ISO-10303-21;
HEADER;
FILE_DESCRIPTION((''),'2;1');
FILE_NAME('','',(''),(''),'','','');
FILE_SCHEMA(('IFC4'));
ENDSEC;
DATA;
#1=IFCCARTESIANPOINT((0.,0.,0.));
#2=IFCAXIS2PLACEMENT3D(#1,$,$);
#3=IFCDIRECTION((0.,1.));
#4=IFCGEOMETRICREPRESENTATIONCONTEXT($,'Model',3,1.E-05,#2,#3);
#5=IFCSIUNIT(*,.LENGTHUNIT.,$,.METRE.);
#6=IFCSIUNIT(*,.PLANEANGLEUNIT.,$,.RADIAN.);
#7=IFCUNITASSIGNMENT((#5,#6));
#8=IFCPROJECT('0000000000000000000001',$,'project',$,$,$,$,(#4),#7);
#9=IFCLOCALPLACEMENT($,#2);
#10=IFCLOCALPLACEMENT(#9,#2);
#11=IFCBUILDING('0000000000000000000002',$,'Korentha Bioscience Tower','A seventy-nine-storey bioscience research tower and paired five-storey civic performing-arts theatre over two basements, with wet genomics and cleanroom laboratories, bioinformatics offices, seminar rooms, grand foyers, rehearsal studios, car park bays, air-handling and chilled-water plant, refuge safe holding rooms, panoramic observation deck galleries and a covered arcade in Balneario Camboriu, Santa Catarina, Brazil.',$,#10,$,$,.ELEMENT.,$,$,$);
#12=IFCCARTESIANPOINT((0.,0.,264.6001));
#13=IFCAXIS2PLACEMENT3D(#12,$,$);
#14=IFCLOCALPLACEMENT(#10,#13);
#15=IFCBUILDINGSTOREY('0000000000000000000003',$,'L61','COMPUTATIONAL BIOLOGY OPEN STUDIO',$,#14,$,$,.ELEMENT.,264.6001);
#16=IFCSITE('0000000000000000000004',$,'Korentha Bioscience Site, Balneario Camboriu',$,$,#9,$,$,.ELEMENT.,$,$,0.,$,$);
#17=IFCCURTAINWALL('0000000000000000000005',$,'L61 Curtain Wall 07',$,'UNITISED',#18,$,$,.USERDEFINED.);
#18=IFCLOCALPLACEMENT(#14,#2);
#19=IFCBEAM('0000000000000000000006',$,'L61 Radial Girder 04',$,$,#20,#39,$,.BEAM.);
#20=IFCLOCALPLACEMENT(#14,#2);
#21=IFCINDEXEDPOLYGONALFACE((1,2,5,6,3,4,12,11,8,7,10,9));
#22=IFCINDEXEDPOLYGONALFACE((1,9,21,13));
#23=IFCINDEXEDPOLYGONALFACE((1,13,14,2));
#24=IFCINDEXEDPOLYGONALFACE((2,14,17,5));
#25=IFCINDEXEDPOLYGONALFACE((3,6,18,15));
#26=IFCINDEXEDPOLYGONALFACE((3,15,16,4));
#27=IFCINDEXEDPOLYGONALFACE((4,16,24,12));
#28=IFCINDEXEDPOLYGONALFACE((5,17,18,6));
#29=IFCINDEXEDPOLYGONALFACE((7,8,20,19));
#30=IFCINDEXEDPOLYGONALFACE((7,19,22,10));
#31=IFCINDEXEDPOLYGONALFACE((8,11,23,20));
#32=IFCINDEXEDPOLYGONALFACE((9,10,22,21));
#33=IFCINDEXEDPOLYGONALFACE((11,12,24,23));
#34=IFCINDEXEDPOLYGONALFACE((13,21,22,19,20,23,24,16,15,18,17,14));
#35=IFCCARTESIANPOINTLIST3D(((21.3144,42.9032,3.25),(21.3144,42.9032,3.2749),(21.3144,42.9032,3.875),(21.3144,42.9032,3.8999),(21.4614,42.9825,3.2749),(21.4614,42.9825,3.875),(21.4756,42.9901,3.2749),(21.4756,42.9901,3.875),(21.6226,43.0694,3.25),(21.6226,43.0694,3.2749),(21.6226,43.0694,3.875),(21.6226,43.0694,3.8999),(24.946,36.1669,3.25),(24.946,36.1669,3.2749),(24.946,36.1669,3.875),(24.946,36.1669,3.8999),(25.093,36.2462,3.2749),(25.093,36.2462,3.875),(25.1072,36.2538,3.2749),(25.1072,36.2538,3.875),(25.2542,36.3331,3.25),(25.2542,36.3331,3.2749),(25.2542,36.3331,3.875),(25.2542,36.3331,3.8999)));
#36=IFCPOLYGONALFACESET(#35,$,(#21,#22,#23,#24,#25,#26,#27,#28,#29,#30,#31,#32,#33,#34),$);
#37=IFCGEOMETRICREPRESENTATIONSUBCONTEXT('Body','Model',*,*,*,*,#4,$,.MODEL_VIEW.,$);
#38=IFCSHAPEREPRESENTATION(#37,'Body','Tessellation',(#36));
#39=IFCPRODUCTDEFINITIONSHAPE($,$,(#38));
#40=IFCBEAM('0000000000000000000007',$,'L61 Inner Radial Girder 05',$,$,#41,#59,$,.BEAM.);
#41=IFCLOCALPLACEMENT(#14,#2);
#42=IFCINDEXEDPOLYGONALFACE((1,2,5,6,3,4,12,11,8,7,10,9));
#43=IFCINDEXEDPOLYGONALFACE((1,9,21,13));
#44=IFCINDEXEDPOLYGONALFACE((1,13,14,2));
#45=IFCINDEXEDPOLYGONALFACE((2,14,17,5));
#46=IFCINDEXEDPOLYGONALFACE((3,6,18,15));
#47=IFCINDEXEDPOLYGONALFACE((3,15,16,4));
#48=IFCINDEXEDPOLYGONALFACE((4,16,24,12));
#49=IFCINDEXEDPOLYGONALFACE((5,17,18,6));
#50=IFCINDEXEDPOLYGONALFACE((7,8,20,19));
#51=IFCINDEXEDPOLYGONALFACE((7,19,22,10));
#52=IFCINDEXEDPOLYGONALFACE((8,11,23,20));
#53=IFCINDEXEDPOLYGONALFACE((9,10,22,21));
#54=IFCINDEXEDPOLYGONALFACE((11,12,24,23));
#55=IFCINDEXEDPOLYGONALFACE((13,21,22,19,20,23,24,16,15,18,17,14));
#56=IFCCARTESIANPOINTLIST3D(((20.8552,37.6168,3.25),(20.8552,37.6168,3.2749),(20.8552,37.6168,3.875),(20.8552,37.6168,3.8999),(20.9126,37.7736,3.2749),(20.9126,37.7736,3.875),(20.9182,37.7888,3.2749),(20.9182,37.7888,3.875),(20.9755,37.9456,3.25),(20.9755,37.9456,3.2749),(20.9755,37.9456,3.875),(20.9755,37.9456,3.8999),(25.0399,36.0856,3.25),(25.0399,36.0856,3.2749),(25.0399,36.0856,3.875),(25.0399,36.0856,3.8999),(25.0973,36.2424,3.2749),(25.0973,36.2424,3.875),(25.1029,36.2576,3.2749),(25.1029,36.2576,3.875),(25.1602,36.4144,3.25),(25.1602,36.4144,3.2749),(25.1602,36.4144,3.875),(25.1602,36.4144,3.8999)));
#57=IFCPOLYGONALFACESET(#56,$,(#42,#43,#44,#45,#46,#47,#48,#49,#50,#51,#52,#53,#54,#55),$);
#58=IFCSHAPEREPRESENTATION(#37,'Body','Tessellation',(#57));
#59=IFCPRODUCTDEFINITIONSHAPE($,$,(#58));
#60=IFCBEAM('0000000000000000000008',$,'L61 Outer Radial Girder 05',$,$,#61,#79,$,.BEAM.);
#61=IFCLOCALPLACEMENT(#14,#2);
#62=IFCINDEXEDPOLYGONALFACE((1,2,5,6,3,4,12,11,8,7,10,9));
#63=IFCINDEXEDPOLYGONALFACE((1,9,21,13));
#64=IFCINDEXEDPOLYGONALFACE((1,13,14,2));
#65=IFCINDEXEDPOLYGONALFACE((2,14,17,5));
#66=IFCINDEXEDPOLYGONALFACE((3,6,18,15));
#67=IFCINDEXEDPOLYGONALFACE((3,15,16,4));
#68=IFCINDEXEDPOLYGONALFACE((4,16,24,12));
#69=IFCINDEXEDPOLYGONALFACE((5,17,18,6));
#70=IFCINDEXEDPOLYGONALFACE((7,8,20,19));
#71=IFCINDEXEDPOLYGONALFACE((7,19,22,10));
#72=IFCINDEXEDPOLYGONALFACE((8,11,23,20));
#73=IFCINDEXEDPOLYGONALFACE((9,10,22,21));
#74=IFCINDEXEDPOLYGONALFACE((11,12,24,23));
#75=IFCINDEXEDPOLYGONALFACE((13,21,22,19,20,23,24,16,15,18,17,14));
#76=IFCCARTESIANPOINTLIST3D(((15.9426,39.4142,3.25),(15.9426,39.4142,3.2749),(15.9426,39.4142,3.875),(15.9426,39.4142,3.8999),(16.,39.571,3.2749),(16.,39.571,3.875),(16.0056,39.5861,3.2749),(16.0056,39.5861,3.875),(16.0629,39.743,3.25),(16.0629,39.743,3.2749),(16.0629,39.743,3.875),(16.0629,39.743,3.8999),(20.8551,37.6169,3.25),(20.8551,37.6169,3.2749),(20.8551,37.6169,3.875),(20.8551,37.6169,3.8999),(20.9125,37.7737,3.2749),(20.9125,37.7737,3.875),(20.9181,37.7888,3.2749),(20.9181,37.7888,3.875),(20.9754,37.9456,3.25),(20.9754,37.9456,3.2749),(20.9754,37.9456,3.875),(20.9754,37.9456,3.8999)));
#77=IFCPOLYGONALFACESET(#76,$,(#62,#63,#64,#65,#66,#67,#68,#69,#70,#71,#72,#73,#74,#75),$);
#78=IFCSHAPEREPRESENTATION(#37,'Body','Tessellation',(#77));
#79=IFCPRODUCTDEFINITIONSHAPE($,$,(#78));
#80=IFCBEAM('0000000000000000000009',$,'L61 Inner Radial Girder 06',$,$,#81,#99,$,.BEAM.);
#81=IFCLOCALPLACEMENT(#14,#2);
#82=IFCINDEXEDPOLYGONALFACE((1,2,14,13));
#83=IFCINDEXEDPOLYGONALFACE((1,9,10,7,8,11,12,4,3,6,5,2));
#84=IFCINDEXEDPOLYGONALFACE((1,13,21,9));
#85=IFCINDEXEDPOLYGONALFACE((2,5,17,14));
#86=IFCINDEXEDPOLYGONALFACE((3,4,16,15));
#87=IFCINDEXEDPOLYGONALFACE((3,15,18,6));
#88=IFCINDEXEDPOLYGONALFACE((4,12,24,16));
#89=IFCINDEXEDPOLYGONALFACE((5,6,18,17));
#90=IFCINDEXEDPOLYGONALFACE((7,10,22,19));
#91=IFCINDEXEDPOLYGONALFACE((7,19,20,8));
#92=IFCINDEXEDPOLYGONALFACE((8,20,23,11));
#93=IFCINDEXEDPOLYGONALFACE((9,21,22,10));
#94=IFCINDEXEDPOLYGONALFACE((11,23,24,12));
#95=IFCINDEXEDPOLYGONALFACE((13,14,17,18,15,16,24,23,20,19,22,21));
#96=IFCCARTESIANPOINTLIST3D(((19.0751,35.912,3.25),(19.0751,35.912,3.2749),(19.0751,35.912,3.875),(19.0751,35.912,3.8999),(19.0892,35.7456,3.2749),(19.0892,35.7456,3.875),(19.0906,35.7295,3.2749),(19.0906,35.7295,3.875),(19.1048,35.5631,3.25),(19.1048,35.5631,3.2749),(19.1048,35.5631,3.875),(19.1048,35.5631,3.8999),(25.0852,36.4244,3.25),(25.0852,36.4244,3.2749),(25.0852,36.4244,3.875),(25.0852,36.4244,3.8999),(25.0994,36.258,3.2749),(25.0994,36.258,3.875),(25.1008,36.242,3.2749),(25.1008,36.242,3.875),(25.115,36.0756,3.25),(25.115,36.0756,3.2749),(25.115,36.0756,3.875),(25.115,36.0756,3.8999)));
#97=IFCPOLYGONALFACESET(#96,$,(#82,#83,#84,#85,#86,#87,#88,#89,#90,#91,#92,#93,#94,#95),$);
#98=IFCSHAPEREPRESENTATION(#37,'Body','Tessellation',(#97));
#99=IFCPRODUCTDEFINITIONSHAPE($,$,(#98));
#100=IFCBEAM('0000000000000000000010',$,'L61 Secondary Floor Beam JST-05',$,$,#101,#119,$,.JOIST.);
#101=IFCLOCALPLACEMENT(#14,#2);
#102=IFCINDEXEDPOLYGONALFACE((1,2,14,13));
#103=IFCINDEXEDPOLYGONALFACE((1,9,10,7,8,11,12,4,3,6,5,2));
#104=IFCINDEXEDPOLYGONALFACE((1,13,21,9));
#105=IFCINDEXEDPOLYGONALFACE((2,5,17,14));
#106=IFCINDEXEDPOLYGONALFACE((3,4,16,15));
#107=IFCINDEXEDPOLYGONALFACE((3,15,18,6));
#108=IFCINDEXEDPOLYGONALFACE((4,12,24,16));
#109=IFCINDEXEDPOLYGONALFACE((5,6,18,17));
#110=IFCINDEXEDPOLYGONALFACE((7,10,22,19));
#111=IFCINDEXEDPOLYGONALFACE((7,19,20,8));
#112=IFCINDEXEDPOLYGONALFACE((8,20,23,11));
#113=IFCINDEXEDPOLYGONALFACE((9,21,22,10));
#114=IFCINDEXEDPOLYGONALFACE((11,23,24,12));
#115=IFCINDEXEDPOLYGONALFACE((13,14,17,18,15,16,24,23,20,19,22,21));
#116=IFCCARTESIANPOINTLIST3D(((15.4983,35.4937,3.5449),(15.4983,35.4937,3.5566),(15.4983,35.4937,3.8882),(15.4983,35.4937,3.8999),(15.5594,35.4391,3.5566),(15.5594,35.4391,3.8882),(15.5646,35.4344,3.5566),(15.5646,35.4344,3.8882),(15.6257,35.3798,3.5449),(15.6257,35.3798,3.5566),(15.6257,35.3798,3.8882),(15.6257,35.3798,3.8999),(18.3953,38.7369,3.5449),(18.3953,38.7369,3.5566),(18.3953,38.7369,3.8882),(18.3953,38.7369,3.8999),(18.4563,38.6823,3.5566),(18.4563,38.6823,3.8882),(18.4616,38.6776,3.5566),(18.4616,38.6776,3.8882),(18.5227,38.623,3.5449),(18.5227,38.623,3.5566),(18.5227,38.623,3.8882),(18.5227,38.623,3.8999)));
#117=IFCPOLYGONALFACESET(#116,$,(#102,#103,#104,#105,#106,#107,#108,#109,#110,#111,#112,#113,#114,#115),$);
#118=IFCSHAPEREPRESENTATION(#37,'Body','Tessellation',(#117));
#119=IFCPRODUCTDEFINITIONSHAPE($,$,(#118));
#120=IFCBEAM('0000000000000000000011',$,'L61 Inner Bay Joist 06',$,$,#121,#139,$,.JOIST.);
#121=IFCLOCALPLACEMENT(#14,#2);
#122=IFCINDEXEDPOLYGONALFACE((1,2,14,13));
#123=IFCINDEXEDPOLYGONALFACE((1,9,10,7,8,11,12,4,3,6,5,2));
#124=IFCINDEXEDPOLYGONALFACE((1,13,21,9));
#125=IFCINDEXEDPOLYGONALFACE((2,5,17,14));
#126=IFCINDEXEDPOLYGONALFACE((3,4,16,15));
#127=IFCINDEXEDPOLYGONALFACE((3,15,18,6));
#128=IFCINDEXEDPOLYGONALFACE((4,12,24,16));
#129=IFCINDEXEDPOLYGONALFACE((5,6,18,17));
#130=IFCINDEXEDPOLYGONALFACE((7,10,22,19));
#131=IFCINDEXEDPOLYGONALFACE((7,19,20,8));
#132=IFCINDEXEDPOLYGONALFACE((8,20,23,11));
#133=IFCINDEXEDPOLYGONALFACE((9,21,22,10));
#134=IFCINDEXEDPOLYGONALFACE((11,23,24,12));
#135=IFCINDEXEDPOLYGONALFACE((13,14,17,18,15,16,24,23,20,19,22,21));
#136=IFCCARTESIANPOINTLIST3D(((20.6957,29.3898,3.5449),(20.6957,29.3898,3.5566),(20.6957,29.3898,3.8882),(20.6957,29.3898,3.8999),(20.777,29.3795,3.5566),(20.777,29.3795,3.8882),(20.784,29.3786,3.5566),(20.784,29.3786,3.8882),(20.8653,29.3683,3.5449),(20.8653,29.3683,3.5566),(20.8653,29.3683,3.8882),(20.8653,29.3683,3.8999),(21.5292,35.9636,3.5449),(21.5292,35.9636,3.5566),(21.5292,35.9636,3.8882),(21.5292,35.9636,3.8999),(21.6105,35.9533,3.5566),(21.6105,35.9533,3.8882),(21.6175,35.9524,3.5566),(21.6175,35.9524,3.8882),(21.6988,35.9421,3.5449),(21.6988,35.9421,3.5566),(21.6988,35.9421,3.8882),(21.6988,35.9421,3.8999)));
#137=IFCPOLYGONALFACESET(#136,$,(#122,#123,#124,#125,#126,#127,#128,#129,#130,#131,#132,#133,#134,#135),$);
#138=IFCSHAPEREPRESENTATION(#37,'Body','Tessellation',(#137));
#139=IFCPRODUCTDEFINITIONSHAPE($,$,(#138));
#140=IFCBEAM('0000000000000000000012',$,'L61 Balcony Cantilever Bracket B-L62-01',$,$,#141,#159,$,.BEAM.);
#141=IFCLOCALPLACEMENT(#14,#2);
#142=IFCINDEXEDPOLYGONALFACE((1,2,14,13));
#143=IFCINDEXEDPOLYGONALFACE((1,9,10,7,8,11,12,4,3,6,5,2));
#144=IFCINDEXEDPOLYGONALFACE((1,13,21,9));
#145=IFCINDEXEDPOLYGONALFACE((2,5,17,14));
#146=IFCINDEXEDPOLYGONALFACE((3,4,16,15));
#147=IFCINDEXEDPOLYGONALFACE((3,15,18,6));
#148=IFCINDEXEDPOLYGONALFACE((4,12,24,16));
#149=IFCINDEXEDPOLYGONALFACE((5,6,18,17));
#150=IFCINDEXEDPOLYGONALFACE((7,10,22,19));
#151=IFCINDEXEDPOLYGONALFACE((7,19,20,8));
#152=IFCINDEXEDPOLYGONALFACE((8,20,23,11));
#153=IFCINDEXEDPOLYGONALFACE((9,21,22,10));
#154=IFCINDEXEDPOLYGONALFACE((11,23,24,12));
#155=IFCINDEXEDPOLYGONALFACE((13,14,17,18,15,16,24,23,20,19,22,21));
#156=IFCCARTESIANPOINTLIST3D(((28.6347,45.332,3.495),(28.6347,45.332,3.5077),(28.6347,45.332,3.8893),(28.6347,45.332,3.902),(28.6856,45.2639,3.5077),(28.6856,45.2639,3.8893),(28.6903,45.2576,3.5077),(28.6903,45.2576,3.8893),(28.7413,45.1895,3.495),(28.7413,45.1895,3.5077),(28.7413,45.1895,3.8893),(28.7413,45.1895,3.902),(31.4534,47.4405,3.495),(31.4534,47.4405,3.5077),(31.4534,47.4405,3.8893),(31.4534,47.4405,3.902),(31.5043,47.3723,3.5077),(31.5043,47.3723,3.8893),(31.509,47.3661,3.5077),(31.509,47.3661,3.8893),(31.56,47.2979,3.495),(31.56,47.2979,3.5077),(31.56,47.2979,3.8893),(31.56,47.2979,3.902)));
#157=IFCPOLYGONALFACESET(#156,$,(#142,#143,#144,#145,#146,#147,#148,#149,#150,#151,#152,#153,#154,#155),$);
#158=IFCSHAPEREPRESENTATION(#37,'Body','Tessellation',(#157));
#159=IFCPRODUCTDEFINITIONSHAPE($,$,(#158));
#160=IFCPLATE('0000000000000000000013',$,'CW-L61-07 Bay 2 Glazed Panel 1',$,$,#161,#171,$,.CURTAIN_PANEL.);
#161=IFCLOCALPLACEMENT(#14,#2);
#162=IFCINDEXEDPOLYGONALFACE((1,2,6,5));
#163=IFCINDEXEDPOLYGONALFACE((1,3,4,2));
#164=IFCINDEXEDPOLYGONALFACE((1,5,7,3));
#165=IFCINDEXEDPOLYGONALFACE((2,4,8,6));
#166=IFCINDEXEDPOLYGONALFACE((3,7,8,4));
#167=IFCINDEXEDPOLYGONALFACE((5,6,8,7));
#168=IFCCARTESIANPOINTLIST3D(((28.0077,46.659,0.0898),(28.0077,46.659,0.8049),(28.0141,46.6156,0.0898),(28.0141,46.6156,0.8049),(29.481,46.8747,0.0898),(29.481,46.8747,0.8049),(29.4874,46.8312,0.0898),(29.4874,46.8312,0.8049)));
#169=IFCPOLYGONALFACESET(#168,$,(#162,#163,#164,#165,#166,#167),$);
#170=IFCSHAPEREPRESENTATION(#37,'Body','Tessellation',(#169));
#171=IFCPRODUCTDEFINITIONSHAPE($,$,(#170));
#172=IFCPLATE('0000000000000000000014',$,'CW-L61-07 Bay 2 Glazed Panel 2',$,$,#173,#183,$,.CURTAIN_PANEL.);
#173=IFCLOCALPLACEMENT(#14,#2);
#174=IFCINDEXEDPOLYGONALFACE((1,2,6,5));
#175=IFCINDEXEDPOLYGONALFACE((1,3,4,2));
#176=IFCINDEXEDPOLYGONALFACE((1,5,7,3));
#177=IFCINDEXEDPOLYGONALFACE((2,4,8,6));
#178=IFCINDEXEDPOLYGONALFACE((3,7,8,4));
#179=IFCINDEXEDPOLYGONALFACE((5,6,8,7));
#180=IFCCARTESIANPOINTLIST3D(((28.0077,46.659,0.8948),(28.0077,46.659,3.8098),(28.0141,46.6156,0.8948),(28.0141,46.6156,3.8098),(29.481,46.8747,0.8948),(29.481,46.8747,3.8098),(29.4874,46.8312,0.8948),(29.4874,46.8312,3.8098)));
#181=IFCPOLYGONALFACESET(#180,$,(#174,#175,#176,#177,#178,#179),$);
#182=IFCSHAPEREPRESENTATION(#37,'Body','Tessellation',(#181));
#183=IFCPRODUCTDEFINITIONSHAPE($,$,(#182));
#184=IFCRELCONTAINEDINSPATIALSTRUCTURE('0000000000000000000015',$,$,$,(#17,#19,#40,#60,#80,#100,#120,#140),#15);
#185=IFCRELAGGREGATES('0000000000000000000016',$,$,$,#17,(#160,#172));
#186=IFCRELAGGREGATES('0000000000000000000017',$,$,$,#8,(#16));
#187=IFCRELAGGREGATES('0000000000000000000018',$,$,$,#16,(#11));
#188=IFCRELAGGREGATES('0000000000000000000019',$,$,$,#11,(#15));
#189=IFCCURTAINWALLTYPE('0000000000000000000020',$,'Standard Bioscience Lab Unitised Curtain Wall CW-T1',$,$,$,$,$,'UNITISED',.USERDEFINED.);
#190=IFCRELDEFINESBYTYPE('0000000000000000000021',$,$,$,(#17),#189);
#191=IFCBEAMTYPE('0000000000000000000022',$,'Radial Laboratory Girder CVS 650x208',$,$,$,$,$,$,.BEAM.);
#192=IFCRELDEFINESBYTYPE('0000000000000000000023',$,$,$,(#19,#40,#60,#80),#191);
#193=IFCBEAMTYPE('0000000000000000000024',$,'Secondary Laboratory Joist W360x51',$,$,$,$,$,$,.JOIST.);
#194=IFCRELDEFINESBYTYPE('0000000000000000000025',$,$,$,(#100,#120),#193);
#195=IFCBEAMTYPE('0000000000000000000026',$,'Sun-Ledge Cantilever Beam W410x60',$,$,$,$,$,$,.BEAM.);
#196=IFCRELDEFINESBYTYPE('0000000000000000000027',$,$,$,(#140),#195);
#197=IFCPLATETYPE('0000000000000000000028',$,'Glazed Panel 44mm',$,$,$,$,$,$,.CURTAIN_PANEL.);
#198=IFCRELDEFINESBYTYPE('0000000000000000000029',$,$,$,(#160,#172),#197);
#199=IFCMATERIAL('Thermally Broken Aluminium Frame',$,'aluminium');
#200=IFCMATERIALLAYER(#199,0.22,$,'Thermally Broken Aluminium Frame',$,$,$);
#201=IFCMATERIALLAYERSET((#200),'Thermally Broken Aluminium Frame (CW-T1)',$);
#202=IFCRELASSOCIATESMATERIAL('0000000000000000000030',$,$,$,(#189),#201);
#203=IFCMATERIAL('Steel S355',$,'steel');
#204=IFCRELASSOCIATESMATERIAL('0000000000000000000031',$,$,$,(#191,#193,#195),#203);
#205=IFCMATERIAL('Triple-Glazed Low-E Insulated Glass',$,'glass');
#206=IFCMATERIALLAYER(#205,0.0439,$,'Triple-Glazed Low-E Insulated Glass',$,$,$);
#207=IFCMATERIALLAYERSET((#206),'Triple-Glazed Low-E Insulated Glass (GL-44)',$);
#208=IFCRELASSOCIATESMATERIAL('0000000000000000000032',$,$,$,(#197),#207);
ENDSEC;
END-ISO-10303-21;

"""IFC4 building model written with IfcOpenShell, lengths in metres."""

from ifc_helpers import new_model, si_unit, direction, frame, origin, origin_2d, place, context, subcontext, project, spatial, rectangle, i_section, extrude, material, layer, layer_set, material_profile, profile_set, type_object, element, aggregate, save


model = new_model("IFC4")

# Units and contexts
model_context = context("Model", 3, precision=1e-05, world=origin(), true_north=direction((0.0, 1.0)))
body_context = subcontext(model_context, "Body", "Model", "MODEL_VIEW")
ifc_project = project(units=[si_unit("LENGTHUNIT", "METRE"), si_unit("PLANEANGLEUNIT", "RADIAN")], contexts=[model_context])

# Site, building, storey
site_placement = place(None, origin())
site = spatial("IfcSite", under=ifc_project, at=site_placement, Name="Korentha Bioscience Site, Balneario Camboriu", CompositionType="ELEMENT", RefElevation=0.0)
building_placement = place(site_placement, origin())
building = spatial("IfcBuilding", under=site, at=building_placement, Name="Korentha Bioscience Tower", Description="A seventy-nine-storey bioscience research tower and paired five-storey civic performing-arts theatre over two basements, with wet genomics and cleanroom laboratories, bioinformatics offices, seminar rooms, grand foyers, rehearsal studios, car park bays, air-handling and chilled-water plant, refuge safe holding rooms, panoramic observation deck galleries and a covered arcade in Balneario Camboriu, Santa Catarina, Brazil.", CompositionType="ELEMENT")
storey_placement = place(building_placement, frame((0.0, 0.0, 264.6001)))
storey = spatial("IfcBuildingStorey", under=building, at=storey_placement, Name="L61", Description="COMPUTATIONAL BIOLOGY OPEN STUDIO", CompositionType="ELEMENT", Elevation=264.6001)

# Shared definitions
ifc_material_1 = material(Name="Steel S355", Category="steel")

# Curtain wall
ifc_material_2 = material(Name="Thermally Broken Aluminium Frame", Category="aluminium")
ifc_layer_1 = layer(ifc_material_2, 0.22, Name="Thermally Broken Aluminium Frame")
ifc_layer_set_1 = layer_set([ifc_layer_1], Name="Thermally Broken Aluminium Frame (CW-T1)")
curtain_wall_type = type_object("IfcCurtainWallType", Name="Standard Bioscience Lab Unitised Curtain Wall CW-T1", ElementType="UNITISED", PredefinedType="USERDEFINED", material=ifc_layer_set_1)
curtain_wall_placement = place(storey_placement, origin())
curtain_wall = element("IfcCurtainWall", 1, at=curtain_wall_placement, inside=storey, type_object=curtain_wall_type, Name="L61 Curtain Wall 07", ObjectType="UNITISED", PredefinedType="USERDEFINED")

# Beams
ifc_material_profile_1 = material_profile(ifc_material_1, i_section(OverallWidth=0.3501, OverallDepth=0.6499, WebThickness=0.0161, FlangeThickness=0.0249, at=origin_2d()), Name="Steel S355")
ifc_profile_set_1 = profile_set([ifc_material_profile_1], Name="Steel S355 (RB-650)")
beam_type_1 = type_object("IfcBeamType", Name="Radial Laboratory Girder CVS 650x208", PredefinedType="BEAM", material=ifc_profile_set_1)
beam_1_placement = place(storey_placement, frame((25.1001, 36.25, 3.575), z_axis=(-0.474539, 0.880234, 0.0), x_axis=(-0.880234, -0.474539, 0.0)))
element("IfcBeam", 2, at=beam_1_placement, inside=storey, type_object=beam_type_1, Name="L61 Radial Girder 04", PredefinedType="BEAM", context=body_context, shape_type="SweptSolid", body=[
    extrude(i_section(OverallWidth=0.3501, OverallDepth=0.6499, WebThickness=0.0161, FlangeThickness=0.0249, at=origin_2d()), origin(), (0.0, 0.0, 1.0), 7.6528),
])
beam_2_placement = place(storey_placement, frame((25.1001, 36.25, 3.575), z_axis=(-0.939107, 0.343625, 0.0), x_axis=(-0.343625, -0.939107, 0.0)))
element("IfcBeam", 3, at=beam_2_placement, inside=storey, type_object=beam_type_1, Name="L61 Inner Radial Girder 05", PredefinedType="BEAM", context=body_context, shape_type="SweptSolid", body=[
    extrude(i_section(OverallWidth=0.3501, OverallDepth=0.6499, WebThickness=0.0161, FlangeThickness=0.0249, at=origin_2d()), origin(), (0.0, 0.0, 1.0), 4.4561),
])
beam_3_placement = place(storey_placement, frame((20.9153, 37.7812, 3.575), z_axis=(-0.939118, 0.343594, 0.0), x_axis=(-0.343594, -0.939118, 0.0)))
element("IfcBeam", 4, at=beam_3_placement, inside=storey, type_object=beam_type_1, Name="L61 Outer Radial Girder 05", PredefinedType="BEAM", context=body_context, shape_type="SweptSolid", body=[
    extrude(i_section(OverallWidth=0.3501, OverallDepth=0.6499, WebThickness=0.0161, FlangeThickness=0.0249, at=origin_2d()), origin(), (0.0, 0.0, 1.0), 5.231),
])
beam_4_placement = place(storey_placement, frame((25.1001, 36.25, 3.575), z_axis=(-0.996385, -0.084955, 0.0), x_axis=(0.084955, -0.996385, 0.0)))
element("IfcBeam", 5, at=beam_4_placement, inside=storey, type_object=beam_type_1, Name="L61 Inner Radial Girder 06", PredefinedType="BEAM", context=body_context, shape_type="SweptSolid", body=[
    extrude(i_section(OverallWidth=0.3501, OverallDepth=0.6499, WebThickness=0.0161, FlangeThickness=0.0249, at=origin_2d()), origin(), (0.0, 0.0, 1.0), 6.032),
])
ifc_material_profile_2 = material_profile(ifc_material_1, i_section(OverallWidth=0.1709, OverallDepth=0.355, WebThickness=0.0071, FlangeThickness=0.0117, at=origin_2d()), Name="Steel S355")
ifc_profile_set_2 = profile_set([ifc_material_profile_2], Name="Steel S355 (JB-360)")
beam_type_2 = type_object("IfcBeamType", Name="Secondary Laboratory Joist W360x51", PredefinedType="JOIST", material=ifc_profile_set_2)
beam_5_placement = place(storey_placement, frame((18.459, 38.6799, 3.7224), z_axis=(-0.666181, -0.74579, 0.0), x_axis=(0.74579, -0.666181, 0.0)))
element("IfcBeam", 6, at=beam_5_placement, inside=storey, type_object=beam_type_2, Name="L61 Secondary Floor Beam JST-05", PredefinedType="JOIST", context=body_context, shape_type="SweptSolid", body=[
    extrude(i_section(OverallWidth=0.1709, OverallDepth=0.355, WebThickness=0.0071, FlangeThickness=0.0117, at=origin_2d()), origin(), (0.0, 0.0, 1.0), 4.3486),
])
beam_6_placement = place(storey_placement, frame((21.614, 35.9529, 3.7224), z_axis=(-0.125785, -0.992058, 0.0), x_axis=(0.992058, -0.125785, 0.0)))
element("IfcBeam", 7, at=beam_6_placement, inside=storey, type_object=beam_type_2, Name="L61 Inner Bay Joist 06", PredefinedType="JOIST", context=body_context, shape_type="SweptSolid", body=[
    extrude(i_section(OverallWidth=0.1709, OverallDepth=0.355, WebThickness=0.0071, FlangeThickness=0.0117, at=origin_2d()), origin(), (0.0, 0.0, 1.0), 6.6265),
])
ifc_material_profile_3 = material_profile(ifc_material_1, i_section(OverallWidth=0.178, OverallDepth=0.407, WebThickness=0.0078, FlangeThickness=0.0127, at=origin_2d()), Name="Steel S355")
ifc_profile_set_3 = profile_set([ifc_material_profile_3], Name="Steel S355 (CB-410)")
beam_type_3 = type_object("IfcBeamType", Name="Sun-Ledge Cantilever Beam W410x60", PredefinedType="BEAM", material=ifc_profile_set_3)
beam_7_placement = place(storey_placement, frame((28.688, 45.2607, 3.6985), z_axis=(0.800757, 0.59899, 0.0), x_axis=(-0.59899, 0.800757, 0.0)))
element("IfcBeam", 8, at=beam_7_placement, inside=storey, type_object=beam_type_3, Name="L61 Balcony Cantilever Bracket B-L62-01", PredefinedType="BEAM", context=body_context, shape_type="SweptSolid", body=[
    extrude(i_section(OverallWidth=0.178, OverallDepth=0.407, WebThickness=0.0078, FlangeThickness=0.0127, at=origin_2d()), origin(), (0.0, 0.0, 1.0), 3.52),
])

# Plates
ifc_material_3 = material(Name="Triple-Glazed Low-E Insulated Glass", Category="glass")
ifc_layer_2 = layer(ifc_material_3, 0.0439, Name="Triple-Glazed Low-E Insulated Glass")
ifc_layer_set_2 = layer_set([ifc_layer_2], Name="Triple-Glazed Low-E Insulated Glass (GL-44)")
plate_type = type_object("IfcPlateType", Name="Glazed Panel 44mm", PredefinedType="CURTAIN_PANEL", material=ifc_layer_set_2)
plate_1_placement = place(storey_placement, frame((28.7476, 46.7451, 0.0898), z_axis=(0.0, 0.0, 1.0), x_axis=(-0.98946, -0.144809, 0.0)))
plate_1 = element("IfcPlate", 9, at=plate_1_placement, type_object=plate_type, Name="CW-L61-07 Bay 2 Glazed Panel 1", PredefinedType="CURTAIN_PANEL", context=body_context, shape_type="SweptSolid", body=[
    extrude(rectangle(XDim=1.489, YDim=0.0439, at=origin_2d()), origin(), (0.0, 0.0, 1.0), 0.7151),
])
plate_2_placement = place(storey_placement, frame((28.7476, 46.7451, 0.8948), z_axis=(0.0, 0.0, 1.0), x_axis=(-0.98946, -0.144809, 0.0)))
plate_2 = element("IfcPlate", 10, at=plate_2_placement, type_object=plate_type, Name="CW-L61-07 Bay 2 Glazed Panel 2", PredefinedType="CURTAIN_PANEL", context=body_context, shape_type="SweptSolid", body=[
    extrude(rectangle(XDim=1.489, YDim=0.0439, at=origin_2d()), origin(), (0.0, 0.0, 1.0), 2.915),
])
aggregate(curtain_wall, [plate_1, plate_2])

save(model, "model.ifc")
